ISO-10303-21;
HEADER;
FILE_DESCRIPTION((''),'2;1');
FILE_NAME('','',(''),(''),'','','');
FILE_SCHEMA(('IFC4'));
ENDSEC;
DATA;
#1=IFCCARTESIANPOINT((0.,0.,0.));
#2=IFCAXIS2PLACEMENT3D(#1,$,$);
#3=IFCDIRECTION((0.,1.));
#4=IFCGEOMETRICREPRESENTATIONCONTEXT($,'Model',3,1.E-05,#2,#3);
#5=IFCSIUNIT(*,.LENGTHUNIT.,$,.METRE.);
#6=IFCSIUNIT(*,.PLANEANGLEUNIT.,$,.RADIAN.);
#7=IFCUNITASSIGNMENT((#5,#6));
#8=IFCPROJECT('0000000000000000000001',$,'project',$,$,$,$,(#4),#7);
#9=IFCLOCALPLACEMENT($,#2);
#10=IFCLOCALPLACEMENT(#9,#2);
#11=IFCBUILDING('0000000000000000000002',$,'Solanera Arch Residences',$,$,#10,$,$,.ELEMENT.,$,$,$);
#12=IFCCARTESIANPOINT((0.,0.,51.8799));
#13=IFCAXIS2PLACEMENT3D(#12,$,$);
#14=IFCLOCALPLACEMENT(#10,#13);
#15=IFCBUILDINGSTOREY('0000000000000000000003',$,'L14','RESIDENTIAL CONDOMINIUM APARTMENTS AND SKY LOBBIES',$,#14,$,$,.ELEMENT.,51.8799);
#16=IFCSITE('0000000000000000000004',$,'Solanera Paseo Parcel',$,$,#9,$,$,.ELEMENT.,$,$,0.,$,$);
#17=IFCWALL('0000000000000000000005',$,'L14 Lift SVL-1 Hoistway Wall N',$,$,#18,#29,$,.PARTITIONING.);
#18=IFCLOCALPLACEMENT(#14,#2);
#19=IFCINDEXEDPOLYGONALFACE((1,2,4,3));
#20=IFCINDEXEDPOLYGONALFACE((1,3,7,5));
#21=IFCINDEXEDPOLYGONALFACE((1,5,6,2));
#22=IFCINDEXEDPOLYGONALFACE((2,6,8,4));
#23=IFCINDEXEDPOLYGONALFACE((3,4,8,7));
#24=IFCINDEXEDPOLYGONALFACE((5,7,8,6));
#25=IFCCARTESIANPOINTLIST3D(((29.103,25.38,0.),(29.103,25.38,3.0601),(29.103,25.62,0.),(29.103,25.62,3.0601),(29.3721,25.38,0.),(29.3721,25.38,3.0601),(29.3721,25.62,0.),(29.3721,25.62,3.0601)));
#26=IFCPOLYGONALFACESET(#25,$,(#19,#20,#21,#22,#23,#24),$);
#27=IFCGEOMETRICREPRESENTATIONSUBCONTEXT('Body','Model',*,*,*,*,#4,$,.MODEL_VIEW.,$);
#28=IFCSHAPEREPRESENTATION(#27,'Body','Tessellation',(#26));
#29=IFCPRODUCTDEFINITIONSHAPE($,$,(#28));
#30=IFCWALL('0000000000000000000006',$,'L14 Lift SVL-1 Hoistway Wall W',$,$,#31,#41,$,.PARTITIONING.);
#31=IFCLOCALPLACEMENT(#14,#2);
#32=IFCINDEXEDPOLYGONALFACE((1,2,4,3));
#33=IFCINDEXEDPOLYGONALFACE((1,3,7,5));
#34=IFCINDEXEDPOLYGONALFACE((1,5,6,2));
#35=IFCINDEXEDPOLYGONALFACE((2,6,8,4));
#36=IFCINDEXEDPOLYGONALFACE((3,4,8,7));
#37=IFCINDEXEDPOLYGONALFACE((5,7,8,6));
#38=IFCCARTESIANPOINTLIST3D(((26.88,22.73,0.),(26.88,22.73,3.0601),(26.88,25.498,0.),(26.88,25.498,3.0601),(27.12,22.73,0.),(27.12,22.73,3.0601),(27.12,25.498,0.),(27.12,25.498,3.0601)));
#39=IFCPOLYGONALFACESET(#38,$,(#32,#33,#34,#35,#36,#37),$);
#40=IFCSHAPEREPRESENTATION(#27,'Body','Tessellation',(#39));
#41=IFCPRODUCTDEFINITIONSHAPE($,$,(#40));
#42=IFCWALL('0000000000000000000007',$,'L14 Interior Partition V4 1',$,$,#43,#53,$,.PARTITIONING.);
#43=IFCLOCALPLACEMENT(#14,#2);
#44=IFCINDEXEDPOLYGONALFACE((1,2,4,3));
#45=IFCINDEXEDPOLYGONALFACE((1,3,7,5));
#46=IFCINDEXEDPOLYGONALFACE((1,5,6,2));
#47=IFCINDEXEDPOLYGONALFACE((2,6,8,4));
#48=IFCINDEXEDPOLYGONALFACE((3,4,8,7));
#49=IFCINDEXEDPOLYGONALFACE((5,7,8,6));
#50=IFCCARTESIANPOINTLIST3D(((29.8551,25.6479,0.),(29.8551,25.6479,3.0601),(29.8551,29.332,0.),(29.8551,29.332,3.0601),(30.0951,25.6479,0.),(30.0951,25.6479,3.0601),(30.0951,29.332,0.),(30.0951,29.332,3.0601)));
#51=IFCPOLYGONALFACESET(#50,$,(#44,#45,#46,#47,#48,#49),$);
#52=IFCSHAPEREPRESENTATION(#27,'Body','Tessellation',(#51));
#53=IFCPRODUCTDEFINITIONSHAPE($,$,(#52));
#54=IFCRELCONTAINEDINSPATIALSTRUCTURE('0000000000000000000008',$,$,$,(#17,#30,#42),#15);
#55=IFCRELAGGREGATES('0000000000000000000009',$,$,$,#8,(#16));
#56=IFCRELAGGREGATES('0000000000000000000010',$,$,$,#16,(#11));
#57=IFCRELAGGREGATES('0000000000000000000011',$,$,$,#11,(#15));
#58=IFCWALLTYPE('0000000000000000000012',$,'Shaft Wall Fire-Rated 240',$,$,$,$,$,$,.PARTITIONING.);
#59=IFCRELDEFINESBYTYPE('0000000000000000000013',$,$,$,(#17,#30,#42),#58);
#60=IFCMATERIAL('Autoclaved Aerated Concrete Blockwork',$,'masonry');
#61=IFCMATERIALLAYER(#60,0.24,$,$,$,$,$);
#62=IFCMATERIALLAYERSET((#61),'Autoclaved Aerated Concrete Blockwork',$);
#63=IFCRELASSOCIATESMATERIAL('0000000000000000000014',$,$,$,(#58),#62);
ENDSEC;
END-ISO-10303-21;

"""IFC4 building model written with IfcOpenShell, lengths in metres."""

from ifc_helpers import new_model, si_unit, direction, frame, frame_2d, origin, place, context, subcontext, project, spatial, rectangle, extrude, material, layer, layer_set, type_object, element, save


model = new_model("IFC4")

# Units and contexts
model_context = context("Model", 3, precision=1e-05, world=origin(), true_north=direction((0.0, 1.0)))
body_context = subcontext(model_context, "Body", "Model", "MODEL_VIEW")
ifc_project = project(units=[si_unit("LENGTHUNIT", "METRE"), si_unit("PLANEANGLEUNIT", "RADIAN")], contexts=[model_context])

# Site, building, storey
site_placement = place(None, origin())
site = spatial("IfcSite", under=ifc_project, at=site_placement, Name="Solanera Paseo Parcel", CompositionType="ELEMENT", RefElevation=0.0)
building_placement = place(site_placement, origin())
building = spatial("IfcBuilding", under=site, at=building_placement, Name="Solanera Arch Residences", CompositionType="ELEMENT")
storey_placement = place(building_placement, frame((0.0, 0.0, 51.8799)))
storey = spatial("IfcBuildingStorey", under=building, at=storey_placement, Name="L14", Description="RESIDENTIAL CONDOMINIUM APARTMENTS AND SKY LOBBIES", CompositionType="ELEMENT", Elevation=51.8799)

# Walls
ifc_material_1 = material(Name="Autoclaved Aerated Concrete Blockwork", Category="masonry")
ifc_layer_1 = layer(ifc_material_1, 0.24)
ifc_layer_set_1 = layer_set([ifc_layer_1], Name="Autoclaved Aerated Concrete Blockwork")
wall_type_1 = type_object("IfcWallType", Name="Shaft Wall Fire-Rated 240", PredefinedType="PARTITIONING", material=ifc_layer_set_1)
wall_1_placement = place(storey_placement, frame((29.103, 25.5, 0.0), z_axis=(0.0, 0.0, 1.0), x_axis=(1.0, 0.0, 0.0)))
element("IfcWall", 1, at=wall_1_placement, inside=storey, type_object=wall_type_1, Name="L14 Lift SVL-1 Hoistway Wall N", PredefinedType="PARTITIONING", context=body_context, shape_type="SweptSolid", body=[
    extrude(rectangle(XDim=0.269, YDim=0.24, at=frame_2d((0.1345, 0.0))), origin(), (0.0, 0.0, 1.0), 3.0601),
])
wall_2_placement = place(storey_placement, frame((27.0, 22.73, 0.0), z_axis=(0.0, 0.0, 1.0), x_axis=(0.0, 1.0, 0.0)))
element("IfcWall", 2, at=wall_2_placement, inside=storey, type_object=wall_type_1, Name="L14 Lift SVL-1 Hoistway Wall W", PredefinedType="PARTITIONING", context=body_context, shape_type="SweptSolid", body=[
    extrude(rectangle(XDim=2.7681, YDim=0.24, at=frame_2d((1.384, 0.0))), origin(), (0.0, 0.0, 1.0), 3.0601),
])
wall_3_placement = place(storey_placement, frame((29.9751, 25.6479, 0.0), z_axis=(0.0, 0.0, 1.0), x_axis=(0.0, 1.0, 0.0)))
element("IfcWall", 3, at=wall_3_placement, inside=storey, type_object=wall_type_1, Name="L14 Interior Partition V4 1", PredefinedType="PARTITIONING", context=body_context, shape_type="SweptSolid", body=[
    extrude(rectangle(XDim=3.6841, YDim=0.24, at=frame_2d((1.842, 0.0))), origin(), (0.0, 0.0, 1.0), 3.0601),
])

save(model, "model.ifc")
